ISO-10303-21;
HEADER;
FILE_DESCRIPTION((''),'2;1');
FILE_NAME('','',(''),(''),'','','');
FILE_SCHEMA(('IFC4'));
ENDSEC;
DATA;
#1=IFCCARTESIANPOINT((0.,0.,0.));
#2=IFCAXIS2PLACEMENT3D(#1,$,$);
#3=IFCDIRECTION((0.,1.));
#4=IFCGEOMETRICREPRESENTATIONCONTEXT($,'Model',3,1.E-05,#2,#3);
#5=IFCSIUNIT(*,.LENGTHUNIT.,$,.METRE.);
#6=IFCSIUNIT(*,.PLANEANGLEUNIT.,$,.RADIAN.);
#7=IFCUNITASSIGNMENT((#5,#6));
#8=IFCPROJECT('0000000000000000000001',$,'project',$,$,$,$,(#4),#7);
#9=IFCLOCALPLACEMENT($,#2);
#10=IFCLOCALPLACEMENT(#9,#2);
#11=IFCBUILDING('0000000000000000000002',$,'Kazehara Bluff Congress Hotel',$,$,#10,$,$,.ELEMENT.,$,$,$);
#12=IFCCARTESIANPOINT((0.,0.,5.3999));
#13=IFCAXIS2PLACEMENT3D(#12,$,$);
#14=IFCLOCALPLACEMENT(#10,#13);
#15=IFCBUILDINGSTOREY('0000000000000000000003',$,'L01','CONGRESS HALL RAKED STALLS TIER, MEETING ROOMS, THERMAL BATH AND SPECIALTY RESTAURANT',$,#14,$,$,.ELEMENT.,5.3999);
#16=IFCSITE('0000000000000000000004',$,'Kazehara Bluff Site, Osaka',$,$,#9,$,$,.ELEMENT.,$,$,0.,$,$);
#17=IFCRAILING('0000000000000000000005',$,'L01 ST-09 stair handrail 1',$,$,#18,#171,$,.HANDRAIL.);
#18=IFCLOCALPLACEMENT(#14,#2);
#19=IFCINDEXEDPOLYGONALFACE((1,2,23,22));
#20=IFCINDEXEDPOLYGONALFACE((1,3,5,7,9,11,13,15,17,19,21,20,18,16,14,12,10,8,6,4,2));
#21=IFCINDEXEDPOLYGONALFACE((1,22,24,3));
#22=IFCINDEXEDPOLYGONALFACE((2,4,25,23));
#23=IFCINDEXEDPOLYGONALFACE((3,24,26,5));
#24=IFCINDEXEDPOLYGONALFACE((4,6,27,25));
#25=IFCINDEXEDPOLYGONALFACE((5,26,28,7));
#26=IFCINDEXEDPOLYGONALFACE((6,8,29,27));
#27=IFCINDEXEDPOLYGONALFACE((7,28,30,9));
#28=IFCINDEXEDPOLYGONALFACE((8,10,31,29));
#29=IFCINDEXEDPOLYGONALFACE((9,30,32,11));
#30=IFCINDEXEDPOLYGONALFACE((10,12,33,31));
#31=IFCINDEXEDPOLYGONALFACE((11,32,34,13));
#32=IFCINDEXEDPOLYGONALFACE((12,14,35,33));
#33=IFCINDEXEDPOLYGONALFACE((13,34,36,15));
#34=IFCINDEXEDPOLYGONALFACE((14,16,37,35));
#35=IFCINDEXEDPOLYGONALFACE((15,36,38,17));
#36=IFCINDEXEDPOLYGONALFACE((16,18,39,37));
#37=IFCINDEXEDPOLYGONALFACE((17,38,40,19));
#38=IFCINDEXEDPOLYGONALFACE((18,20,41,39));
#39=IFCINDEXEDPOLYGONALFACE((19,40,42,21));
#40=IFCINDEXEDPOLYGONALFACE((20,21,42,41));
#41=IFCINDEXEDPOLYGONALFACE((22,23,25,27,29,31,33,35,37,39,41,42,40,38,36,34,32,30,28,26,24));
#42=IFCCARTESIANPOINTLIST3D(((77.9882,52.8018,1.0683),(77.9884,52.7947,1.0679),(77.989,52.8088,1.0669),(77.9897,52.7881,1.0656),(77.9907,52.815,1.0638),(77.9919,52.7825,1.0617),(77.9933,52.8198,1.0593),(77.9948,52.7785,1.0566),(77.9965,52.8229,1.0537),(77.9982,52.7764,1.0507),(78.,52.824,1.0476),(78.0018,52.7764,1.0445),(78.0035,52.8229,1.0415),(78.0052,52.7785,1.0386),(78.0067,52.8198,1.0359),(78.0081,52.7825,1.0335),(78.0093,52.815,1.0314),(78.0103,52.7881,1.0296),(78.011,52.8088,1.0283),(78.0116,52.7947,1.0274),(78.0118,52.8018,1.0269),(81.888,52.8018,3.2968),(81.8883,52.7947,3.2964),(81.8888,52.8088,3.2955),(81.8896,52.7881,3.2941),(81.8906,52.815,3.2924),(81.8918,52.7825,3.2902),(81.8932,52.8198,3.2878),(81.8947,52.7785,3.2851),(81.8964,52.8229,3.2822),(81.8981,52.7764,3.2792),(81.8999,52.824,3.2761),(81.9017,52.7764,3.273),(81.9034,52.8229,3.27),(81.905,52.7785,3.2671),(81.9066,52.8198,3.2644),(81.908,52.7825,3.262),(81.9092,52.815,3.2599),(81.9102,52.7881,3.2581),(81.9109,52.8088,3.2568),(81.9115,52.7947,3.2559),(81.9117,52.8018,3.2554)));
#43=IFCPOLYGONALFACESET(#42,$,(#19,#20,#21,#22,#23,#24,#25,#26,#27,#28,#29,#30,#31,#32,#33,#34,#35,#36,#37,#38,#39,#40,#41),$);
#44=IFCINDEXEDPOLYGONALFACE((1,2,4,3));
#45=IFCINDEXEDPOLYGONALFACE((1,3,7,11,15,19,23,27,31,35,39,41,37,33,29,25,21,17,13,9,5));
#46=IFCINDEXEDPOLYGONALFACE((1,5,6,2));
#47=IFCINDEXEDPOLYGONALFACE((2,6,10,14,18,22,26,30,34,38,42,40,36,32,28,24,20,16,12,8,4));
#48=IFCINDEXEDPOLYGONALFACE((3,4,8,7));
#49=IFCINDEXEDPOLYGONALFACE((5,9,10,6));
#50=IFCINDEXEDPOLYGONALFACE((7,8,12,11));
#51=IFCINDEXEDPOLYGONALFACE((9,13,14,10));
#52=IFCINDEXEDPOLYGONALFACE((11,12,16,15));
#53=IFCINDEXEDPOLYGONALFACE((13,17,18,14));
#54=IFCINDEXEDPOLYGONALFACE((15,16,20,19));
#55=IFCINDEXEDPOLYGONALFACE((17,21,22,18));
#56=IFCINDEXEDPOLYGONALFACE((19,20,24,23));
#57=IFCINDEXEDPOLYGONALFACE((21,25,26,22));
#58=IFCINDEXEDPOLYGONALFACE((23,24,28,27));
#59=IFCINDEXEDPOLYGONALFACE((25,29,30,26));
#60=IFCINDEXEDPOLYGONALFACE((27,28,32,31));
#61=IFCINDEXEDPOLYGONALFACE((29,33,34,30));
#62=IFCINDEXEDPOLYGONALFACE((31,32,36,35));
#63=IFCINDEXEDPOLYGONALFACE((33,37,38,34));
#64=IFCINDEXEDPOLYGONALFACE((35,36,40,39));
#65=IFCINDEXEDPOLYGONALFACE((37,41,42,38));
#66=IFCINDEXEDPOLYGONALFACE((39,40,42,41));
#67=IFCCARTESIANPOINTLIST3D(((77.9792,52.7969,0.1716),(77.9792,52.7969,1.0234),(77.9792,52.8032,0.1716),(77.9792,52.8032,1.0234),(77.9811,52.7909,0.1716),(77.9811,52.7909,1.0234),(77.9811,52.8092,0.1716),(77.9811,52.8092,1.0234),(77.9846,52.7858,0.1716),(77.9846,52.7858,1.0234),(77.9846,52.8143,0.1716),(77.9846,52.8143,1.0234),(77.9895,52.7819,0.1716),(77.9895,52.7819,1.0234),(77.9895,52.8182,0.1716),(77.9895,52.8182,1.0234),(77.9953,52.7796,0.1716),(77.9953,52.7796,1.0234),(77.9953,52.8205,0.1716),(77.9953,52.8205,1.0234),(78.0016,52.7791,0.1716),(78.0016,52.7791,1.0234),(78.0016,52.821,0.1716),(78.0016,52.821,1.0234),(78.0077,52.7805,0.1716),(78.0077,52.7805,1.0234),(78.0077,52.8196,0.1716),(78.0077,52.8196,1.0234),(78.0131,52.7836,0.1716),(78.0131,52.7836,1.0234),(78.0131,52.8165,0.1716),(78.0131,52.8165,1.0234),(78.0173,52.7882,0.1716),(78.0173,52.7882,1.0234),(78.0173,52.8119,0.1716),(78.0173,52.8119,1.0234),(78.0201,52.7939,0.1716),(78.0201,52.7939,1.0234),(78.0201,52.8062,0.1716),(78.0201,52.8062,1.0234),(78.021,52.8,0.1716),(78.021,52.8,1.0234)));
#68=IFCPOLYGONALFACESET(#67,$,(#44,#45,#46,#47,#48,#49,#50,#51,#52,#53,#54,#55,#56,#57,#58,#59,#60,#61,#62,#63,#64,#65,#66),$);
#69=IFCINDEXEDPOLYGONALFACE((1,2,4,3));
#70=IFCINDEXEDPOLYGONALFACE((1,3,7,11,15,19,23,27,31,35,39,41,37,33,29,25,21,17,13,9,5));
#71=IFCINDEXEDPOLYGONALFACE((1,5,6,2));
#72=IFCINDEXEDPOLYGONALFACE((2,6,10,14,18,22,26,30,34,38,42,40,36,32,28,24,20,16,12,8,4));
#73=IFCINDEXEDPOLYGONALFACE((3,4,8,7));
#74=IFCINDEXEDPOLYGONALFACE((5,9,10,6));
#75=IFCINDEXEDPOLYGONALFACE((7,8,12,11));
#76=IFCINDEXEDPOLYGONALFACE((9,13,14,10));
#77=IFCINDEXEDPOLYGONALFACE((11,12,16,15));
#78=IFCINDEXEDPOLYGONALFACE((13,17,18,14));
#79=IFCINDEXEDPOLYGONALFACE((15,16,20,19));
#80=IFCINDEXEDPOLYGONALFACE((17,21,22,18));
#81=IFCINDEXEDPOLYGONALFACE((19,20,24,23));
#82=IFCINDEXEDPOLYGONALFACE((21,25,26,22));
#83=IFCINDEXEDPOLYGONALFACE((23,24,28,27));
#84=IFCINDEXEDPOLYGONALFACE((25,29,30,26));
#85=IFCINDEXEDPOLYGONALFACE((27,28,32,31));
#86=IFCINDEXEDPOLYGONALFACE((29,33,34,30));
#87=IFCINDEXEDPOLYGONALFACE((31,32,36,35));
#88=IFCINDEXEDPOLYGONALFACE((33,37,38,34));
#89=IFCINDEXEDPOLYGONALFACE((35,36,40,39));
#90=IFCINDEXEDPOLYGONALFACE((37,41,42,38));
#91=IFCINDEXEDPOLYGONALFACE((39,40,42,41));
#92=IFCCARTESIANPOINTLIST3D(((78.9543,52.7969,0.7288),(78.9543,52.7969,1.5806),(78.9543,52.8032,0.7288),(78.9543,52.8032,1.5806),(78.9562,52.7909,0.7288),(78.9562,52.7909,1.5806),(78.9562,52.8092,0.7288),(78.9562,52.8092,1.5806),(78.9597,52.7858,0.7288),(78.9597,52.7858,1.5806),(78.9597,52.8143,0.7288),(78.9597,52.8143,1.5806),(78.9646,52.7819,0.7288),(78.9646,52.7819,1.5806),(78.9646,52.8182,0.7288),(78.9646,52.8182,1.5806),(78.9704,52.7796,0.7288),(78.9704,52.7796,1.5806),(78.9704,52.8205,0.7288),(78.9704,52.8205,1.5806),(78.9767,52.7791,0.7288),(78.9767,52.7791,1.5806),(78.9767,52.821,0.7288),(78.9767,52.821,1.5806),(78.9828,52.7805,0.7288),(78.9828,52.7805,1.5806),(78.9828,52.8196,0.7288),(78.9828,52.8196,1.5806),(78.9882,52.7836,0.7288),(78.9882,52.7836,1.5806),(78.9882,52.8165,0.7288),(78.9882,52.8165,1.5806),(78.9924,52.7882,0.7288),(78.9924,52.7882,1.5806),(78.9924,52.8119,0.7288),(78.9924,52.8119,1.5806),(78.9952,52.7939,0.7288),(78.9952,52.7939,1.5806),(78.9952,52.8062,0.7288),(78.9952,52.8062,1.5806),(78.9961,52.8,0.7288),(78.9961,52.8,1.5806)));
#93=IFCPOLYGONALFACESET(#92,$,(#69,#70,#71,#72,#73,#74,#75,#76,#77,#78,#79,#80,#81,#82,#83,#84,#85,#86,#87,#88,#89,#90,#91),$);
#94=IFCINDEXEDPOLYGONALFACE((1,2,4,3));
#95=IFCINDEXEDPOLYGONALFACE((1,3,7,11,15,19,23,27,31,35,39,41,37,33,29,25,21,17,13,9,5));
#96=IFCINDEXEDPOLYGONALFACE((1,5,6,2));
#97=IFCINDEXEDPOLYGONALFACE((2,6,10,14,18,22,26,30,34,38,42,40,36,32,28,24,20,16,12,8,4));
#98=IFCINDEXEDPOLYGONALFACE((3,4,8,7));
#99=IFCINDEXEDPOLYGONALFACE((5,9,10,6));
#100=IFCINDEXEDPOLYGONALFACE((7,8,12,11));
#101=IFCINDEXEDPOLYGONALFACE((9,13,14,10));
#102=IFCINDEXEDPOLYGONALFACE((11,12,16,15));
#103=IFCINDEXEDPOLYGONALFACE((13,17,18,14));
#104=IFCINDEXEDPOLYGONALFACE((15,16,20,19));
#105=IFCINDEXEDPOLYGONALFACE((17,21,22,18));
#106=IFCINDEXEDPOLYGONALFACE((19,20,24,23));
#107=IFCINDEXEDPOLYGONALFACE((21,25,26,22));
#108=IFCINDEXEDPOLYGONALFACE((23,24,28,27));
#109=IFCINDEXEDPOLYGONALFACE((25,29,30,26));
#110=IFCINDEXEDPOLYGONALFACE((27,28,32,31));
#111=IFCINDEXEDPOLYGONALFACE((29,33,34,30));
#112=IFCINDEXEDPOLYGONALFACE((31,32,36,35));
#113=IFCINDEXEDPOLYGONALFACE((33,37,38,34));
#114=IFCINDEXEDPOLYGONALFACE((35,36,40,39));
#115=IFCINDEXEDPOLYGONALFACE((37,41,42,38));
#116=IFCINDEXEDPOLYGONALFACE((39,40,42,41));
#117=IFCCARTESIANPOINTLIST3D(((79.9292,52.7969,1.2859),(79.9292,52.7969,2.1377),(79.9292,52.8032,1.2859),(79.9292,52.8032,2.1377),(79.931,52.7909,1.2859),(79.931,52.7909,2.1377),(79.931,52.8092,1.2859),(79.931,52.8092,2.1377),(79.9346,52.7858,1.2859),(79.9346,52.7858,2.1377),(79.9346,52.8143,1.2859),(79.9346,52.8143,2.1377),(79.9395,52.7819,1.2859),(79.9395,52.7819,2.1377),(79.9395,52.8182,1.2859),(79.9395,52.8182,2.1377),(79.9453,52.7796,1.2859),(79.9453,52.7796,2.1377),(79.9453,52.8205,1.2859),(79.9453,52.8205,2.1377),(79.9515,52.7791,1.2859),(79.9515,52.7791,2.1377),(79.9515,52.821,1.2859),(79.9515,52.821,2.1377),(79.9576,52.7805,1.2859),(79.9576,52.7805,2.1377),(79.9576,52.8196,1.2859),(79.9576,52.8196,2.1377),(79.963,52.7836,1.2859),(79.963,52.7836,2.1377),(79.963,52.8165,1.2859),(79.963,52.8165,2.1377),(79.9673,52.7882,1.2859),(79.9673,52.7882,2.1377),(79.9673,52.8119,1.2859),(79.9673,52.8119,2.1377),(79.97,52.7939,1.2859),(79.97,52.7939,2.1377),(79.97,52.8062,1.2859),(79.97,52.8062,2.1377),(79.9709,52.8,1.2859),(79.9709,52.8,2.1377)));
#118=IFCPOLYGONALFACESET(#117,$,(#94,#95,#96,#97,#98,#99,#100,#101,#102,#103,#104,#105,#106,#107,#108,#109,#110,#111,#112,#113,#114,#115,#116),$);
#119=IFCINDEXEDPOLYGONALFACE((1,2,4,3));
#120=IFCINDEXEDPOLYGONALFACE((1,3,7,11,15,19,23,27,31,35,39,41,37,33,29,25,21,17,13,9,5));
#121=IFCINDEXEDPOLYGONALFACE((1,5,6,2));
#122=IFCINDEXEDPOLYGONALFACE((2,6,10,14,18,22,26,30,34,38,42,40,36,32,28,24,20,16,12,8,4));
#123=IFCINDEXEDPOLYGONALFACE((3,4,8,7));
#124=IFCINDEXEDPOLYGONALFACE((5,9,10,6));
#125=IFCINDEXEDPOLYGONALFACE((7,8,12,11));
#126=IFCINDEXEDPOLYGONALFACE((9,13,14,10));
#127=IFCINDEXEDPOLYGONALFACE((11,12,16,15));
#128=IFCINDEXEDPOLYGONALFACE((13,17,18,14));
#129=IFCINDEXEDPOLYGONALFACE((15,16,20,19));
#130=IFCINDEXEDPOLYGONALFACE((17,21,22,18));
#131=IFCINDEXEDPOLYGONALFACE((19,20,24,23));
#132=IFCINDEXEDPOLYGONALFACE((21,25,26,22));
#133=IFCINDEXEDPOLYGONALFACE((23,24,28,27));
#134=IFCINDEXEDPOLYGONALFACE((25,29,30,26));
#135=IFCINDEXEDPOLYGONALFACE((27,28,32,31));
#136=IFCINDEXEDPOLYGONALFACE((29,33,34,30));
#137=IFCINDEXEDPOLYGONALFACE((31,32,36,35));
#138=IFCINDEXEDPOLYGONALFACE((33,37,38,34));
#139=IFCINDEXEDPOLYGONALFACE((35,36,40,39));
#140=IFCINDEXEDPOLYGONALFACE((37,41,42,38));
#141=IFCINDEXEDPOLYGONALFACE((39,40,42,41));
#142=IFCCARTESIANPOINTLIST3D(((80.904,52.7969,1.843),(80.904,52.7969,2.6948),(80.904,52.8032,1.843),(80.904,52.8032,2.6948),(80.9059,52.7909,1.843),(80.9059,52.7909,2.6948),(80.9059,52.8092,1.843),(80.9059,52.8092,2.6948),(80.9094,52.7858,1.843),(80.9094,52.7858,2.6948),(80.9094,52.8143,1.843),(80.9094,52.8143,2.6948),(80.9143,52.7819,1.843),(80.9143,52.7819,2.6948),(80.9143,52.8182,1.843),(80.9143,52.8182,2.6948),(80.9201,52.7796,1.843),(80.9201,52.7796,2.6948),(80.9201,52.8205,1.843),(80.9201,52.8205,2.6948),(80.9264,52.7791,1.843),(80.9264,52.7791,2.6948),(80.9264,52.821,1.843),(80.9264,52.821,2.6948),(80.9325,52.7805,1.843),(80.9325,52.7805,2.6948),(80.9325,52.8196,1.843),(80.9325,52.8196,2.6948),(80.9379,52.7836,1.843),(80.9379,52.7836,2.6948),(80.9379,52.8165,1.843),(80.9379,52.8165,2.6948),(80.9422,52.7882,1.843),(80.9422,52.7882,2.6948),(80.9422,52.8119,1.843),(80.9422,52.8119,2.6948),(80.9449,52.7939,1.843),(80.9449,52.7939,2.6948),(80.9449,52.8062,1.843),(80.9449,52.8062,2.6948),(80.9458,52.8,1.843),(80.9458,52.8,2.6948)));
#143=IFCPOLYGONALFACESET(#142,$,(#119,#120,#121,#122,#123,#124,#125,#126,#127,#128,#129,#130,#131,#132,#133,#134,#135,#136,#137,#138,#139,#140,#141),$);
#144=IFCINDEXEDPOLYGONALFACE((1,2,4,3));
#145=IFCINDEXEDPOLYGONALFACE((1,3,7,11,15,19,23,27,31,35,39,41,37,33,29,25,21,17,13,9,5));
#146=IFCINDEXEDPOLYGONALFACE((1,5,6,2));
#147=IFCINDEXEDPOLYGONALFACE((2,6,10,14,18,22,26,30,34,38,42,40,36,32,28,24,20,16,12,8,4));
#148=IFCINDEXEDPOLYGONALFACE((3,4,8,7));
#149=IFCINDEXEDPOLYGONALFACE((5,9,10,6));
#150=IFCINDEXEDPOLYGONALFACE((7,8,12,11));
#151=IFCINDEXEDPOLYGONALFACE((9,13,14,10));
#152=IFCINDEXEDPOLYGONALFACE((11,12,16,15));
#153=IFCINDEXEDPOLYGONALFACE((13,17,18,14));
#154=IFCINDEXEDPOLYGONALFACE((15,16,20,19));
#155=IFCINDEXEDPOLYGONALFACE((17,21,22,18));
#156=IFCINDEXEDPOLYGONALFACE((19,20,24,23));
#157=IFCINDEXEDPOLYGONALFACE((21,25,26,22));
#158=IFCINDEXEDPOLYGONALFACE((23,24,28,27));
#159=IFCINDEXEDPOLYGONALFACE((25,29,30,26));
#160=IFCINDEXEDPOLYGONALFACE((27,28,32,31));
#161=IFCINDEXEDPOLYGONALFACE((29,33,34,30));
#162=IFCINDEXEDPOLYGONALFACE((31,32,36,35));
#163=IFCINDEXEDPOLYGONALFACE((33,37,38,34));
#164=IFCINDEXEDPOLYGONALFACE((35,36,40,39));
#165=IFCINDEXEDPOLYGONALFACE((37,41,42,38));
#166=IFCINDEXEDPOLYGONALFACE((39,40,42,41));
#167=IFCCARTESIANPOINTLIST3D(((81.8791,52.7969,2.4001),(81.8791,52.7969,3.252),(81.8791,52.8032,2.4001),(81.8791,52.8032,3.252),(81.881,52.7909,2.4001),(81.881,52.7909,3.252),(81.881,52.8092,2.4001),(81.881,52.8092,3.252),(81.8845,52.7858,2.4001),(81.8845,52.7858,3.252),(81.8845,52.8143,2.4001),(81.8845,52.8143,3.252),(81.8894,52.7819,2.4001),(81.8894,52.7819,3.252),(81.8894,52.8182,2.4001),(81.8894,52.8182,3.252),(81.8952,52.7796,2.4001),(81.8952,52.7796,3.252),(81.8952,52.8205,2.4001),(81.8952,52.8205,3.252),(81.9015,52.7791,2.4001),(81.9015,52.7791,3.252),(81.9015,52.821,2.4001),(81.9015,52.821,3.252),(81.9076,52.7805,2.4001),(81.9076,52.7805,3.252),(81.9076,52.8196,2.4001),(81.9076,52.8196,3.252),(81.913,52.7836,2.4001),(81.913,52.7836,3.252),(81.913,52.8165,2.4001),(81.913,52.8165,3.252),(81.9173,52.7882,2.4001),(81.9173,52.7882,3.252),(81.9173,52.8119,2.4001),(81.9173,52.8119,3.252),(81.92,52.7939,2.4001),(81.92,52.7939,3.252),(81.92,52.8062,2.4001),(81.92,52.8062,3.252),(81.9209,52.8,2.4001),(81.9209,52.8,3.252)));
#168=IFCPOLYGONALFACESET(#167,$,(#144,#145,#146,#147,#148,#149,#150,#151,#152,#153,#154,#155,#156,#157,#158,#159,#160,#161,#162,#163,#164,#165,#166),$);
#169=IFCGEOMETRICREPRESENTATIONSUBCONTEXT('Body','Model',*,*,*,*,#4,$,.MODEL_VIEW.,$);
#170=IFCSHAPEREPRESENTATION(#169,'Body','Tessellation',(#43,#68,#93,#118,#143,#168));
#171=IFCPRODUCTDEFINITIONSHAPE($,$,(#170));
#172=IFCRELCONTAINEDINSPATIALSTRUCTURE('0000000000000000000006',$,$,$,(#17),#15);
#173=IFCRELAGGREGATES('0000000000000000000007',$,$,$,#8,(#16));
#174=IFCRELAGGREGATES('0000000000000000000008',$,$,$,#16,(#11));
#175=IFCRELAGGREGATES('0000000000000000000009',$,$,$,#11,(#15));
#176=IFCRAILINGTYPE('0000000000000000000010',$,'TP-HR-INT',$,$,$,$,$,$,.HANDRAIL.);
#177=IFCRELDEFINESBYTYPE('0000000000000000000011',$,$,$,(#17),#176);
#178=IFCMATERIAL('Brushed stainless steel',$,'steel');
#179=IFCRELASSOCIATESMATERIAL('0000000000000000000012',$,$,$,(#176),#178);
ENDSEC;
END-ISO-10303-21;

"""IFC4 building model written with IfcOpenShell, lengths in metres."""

from ifc_helpers import new_model, si_unit, direction, frame, origin, origin_2d, place, context, subcontext, project, spatial, circle, extrude, material, type_object, element, save


model = new_model("IFC4")

# Units and contexts
model_context = context("Model", 3, precision=1e-05, world=origin(), true_north=direction((0.0, 1.0)))
body_context = subcontext(model_context, "Body", "Model", "MODEL_VIEW")
ifc_project = project(units=[si_unit("LENGTHUNIT", "METRE"), si_unit("PLANEANGLEUNIT", "RADIAN")], contexts=[model_context])

# Site, building, storey
site_placement = place(None, origin())
site = spatial("IfcSite", under=ifc_project, at=site_placement, Name="Kazehara Bluff Site, Osaka", CompositionType="ELEMENT", RefElevation=0.0)
building_placement = place(site_placement, origin())
building = spatial("IfcBuilding", under=site, at=building_placement, Name="Kazehara Bluff Congress Hotel", CompositionType="ELEMENT")
storey_placement = place(building_placement, frame((0.0, 0.0, 5.3999)))
storey = spatial("IfcBuildingStorey", under=building, at=storey_placement, Name="L01", Description="CONGRESS HALL RAKED STALLS TIER, MEETING ROOMS, THERMAL BATH AND SPECIALTY RESTAURANT", CompositionType="ELEMENT", Elevation=5.3999)

# Railing
ifc_material_1 = material(Name="Brushed stainless steel", Category="steel")
railing_type_1 = type_object("IfcRailingType", Name="TP-HR-INT", PredefinedType="HANDRAIL", material=ifc_material_1)
railing_1_placement = place(storey_placement, frame((78.0, 52.8, 0.1716)))
element("IfcRailing", 1, at=railing_1_placement, inside=storey, type_object=railing_type_1, Name="L01 ST-09 stair handrail 1", PredefinedType="HANDRAIL", context=body_context, shape_type="SweptSolid", body=[
    extrude(circle(Radius=0.0239, at=origin_2d()), frame((0.0, 0.0, 0.876), z_axis=(0.868243, 0.0, 0.496139), x_axis=(0.0, 1.0, 0.0)), (0.0, 0.0, 1.0), 4.4917),
    extrude(circle(Radius=0.021, at=origin_2d()), origin(), (0.0, 0.0, 1.0), 0.8518),
    extrude(circle(Radius=0.021, at=origin_2d()), frame((0.9751, 0.0, 0.5571)), (0.0, 0.0, 1.0), 0.8518),
    extrude(circle(Radius=0.021, at=origin_2d()), frame((1.95, 0.0, 1.1143)), (0.0, 0.0, 1.0), 0.8518),
    extrude(circle(Radius=0.021, at=origin_2d()), frame((2.9248, 0.0, 1.6714)), (0.0, 0.0, 1.0), 0.8518),
    extrude(circle(Radius=0.021, at=origin_2d()), frame((3.8999, 0.0, 2.2285)), (0.0, 0.0, 1.0), 0.8518),
])

save(model, "model.ifc")
